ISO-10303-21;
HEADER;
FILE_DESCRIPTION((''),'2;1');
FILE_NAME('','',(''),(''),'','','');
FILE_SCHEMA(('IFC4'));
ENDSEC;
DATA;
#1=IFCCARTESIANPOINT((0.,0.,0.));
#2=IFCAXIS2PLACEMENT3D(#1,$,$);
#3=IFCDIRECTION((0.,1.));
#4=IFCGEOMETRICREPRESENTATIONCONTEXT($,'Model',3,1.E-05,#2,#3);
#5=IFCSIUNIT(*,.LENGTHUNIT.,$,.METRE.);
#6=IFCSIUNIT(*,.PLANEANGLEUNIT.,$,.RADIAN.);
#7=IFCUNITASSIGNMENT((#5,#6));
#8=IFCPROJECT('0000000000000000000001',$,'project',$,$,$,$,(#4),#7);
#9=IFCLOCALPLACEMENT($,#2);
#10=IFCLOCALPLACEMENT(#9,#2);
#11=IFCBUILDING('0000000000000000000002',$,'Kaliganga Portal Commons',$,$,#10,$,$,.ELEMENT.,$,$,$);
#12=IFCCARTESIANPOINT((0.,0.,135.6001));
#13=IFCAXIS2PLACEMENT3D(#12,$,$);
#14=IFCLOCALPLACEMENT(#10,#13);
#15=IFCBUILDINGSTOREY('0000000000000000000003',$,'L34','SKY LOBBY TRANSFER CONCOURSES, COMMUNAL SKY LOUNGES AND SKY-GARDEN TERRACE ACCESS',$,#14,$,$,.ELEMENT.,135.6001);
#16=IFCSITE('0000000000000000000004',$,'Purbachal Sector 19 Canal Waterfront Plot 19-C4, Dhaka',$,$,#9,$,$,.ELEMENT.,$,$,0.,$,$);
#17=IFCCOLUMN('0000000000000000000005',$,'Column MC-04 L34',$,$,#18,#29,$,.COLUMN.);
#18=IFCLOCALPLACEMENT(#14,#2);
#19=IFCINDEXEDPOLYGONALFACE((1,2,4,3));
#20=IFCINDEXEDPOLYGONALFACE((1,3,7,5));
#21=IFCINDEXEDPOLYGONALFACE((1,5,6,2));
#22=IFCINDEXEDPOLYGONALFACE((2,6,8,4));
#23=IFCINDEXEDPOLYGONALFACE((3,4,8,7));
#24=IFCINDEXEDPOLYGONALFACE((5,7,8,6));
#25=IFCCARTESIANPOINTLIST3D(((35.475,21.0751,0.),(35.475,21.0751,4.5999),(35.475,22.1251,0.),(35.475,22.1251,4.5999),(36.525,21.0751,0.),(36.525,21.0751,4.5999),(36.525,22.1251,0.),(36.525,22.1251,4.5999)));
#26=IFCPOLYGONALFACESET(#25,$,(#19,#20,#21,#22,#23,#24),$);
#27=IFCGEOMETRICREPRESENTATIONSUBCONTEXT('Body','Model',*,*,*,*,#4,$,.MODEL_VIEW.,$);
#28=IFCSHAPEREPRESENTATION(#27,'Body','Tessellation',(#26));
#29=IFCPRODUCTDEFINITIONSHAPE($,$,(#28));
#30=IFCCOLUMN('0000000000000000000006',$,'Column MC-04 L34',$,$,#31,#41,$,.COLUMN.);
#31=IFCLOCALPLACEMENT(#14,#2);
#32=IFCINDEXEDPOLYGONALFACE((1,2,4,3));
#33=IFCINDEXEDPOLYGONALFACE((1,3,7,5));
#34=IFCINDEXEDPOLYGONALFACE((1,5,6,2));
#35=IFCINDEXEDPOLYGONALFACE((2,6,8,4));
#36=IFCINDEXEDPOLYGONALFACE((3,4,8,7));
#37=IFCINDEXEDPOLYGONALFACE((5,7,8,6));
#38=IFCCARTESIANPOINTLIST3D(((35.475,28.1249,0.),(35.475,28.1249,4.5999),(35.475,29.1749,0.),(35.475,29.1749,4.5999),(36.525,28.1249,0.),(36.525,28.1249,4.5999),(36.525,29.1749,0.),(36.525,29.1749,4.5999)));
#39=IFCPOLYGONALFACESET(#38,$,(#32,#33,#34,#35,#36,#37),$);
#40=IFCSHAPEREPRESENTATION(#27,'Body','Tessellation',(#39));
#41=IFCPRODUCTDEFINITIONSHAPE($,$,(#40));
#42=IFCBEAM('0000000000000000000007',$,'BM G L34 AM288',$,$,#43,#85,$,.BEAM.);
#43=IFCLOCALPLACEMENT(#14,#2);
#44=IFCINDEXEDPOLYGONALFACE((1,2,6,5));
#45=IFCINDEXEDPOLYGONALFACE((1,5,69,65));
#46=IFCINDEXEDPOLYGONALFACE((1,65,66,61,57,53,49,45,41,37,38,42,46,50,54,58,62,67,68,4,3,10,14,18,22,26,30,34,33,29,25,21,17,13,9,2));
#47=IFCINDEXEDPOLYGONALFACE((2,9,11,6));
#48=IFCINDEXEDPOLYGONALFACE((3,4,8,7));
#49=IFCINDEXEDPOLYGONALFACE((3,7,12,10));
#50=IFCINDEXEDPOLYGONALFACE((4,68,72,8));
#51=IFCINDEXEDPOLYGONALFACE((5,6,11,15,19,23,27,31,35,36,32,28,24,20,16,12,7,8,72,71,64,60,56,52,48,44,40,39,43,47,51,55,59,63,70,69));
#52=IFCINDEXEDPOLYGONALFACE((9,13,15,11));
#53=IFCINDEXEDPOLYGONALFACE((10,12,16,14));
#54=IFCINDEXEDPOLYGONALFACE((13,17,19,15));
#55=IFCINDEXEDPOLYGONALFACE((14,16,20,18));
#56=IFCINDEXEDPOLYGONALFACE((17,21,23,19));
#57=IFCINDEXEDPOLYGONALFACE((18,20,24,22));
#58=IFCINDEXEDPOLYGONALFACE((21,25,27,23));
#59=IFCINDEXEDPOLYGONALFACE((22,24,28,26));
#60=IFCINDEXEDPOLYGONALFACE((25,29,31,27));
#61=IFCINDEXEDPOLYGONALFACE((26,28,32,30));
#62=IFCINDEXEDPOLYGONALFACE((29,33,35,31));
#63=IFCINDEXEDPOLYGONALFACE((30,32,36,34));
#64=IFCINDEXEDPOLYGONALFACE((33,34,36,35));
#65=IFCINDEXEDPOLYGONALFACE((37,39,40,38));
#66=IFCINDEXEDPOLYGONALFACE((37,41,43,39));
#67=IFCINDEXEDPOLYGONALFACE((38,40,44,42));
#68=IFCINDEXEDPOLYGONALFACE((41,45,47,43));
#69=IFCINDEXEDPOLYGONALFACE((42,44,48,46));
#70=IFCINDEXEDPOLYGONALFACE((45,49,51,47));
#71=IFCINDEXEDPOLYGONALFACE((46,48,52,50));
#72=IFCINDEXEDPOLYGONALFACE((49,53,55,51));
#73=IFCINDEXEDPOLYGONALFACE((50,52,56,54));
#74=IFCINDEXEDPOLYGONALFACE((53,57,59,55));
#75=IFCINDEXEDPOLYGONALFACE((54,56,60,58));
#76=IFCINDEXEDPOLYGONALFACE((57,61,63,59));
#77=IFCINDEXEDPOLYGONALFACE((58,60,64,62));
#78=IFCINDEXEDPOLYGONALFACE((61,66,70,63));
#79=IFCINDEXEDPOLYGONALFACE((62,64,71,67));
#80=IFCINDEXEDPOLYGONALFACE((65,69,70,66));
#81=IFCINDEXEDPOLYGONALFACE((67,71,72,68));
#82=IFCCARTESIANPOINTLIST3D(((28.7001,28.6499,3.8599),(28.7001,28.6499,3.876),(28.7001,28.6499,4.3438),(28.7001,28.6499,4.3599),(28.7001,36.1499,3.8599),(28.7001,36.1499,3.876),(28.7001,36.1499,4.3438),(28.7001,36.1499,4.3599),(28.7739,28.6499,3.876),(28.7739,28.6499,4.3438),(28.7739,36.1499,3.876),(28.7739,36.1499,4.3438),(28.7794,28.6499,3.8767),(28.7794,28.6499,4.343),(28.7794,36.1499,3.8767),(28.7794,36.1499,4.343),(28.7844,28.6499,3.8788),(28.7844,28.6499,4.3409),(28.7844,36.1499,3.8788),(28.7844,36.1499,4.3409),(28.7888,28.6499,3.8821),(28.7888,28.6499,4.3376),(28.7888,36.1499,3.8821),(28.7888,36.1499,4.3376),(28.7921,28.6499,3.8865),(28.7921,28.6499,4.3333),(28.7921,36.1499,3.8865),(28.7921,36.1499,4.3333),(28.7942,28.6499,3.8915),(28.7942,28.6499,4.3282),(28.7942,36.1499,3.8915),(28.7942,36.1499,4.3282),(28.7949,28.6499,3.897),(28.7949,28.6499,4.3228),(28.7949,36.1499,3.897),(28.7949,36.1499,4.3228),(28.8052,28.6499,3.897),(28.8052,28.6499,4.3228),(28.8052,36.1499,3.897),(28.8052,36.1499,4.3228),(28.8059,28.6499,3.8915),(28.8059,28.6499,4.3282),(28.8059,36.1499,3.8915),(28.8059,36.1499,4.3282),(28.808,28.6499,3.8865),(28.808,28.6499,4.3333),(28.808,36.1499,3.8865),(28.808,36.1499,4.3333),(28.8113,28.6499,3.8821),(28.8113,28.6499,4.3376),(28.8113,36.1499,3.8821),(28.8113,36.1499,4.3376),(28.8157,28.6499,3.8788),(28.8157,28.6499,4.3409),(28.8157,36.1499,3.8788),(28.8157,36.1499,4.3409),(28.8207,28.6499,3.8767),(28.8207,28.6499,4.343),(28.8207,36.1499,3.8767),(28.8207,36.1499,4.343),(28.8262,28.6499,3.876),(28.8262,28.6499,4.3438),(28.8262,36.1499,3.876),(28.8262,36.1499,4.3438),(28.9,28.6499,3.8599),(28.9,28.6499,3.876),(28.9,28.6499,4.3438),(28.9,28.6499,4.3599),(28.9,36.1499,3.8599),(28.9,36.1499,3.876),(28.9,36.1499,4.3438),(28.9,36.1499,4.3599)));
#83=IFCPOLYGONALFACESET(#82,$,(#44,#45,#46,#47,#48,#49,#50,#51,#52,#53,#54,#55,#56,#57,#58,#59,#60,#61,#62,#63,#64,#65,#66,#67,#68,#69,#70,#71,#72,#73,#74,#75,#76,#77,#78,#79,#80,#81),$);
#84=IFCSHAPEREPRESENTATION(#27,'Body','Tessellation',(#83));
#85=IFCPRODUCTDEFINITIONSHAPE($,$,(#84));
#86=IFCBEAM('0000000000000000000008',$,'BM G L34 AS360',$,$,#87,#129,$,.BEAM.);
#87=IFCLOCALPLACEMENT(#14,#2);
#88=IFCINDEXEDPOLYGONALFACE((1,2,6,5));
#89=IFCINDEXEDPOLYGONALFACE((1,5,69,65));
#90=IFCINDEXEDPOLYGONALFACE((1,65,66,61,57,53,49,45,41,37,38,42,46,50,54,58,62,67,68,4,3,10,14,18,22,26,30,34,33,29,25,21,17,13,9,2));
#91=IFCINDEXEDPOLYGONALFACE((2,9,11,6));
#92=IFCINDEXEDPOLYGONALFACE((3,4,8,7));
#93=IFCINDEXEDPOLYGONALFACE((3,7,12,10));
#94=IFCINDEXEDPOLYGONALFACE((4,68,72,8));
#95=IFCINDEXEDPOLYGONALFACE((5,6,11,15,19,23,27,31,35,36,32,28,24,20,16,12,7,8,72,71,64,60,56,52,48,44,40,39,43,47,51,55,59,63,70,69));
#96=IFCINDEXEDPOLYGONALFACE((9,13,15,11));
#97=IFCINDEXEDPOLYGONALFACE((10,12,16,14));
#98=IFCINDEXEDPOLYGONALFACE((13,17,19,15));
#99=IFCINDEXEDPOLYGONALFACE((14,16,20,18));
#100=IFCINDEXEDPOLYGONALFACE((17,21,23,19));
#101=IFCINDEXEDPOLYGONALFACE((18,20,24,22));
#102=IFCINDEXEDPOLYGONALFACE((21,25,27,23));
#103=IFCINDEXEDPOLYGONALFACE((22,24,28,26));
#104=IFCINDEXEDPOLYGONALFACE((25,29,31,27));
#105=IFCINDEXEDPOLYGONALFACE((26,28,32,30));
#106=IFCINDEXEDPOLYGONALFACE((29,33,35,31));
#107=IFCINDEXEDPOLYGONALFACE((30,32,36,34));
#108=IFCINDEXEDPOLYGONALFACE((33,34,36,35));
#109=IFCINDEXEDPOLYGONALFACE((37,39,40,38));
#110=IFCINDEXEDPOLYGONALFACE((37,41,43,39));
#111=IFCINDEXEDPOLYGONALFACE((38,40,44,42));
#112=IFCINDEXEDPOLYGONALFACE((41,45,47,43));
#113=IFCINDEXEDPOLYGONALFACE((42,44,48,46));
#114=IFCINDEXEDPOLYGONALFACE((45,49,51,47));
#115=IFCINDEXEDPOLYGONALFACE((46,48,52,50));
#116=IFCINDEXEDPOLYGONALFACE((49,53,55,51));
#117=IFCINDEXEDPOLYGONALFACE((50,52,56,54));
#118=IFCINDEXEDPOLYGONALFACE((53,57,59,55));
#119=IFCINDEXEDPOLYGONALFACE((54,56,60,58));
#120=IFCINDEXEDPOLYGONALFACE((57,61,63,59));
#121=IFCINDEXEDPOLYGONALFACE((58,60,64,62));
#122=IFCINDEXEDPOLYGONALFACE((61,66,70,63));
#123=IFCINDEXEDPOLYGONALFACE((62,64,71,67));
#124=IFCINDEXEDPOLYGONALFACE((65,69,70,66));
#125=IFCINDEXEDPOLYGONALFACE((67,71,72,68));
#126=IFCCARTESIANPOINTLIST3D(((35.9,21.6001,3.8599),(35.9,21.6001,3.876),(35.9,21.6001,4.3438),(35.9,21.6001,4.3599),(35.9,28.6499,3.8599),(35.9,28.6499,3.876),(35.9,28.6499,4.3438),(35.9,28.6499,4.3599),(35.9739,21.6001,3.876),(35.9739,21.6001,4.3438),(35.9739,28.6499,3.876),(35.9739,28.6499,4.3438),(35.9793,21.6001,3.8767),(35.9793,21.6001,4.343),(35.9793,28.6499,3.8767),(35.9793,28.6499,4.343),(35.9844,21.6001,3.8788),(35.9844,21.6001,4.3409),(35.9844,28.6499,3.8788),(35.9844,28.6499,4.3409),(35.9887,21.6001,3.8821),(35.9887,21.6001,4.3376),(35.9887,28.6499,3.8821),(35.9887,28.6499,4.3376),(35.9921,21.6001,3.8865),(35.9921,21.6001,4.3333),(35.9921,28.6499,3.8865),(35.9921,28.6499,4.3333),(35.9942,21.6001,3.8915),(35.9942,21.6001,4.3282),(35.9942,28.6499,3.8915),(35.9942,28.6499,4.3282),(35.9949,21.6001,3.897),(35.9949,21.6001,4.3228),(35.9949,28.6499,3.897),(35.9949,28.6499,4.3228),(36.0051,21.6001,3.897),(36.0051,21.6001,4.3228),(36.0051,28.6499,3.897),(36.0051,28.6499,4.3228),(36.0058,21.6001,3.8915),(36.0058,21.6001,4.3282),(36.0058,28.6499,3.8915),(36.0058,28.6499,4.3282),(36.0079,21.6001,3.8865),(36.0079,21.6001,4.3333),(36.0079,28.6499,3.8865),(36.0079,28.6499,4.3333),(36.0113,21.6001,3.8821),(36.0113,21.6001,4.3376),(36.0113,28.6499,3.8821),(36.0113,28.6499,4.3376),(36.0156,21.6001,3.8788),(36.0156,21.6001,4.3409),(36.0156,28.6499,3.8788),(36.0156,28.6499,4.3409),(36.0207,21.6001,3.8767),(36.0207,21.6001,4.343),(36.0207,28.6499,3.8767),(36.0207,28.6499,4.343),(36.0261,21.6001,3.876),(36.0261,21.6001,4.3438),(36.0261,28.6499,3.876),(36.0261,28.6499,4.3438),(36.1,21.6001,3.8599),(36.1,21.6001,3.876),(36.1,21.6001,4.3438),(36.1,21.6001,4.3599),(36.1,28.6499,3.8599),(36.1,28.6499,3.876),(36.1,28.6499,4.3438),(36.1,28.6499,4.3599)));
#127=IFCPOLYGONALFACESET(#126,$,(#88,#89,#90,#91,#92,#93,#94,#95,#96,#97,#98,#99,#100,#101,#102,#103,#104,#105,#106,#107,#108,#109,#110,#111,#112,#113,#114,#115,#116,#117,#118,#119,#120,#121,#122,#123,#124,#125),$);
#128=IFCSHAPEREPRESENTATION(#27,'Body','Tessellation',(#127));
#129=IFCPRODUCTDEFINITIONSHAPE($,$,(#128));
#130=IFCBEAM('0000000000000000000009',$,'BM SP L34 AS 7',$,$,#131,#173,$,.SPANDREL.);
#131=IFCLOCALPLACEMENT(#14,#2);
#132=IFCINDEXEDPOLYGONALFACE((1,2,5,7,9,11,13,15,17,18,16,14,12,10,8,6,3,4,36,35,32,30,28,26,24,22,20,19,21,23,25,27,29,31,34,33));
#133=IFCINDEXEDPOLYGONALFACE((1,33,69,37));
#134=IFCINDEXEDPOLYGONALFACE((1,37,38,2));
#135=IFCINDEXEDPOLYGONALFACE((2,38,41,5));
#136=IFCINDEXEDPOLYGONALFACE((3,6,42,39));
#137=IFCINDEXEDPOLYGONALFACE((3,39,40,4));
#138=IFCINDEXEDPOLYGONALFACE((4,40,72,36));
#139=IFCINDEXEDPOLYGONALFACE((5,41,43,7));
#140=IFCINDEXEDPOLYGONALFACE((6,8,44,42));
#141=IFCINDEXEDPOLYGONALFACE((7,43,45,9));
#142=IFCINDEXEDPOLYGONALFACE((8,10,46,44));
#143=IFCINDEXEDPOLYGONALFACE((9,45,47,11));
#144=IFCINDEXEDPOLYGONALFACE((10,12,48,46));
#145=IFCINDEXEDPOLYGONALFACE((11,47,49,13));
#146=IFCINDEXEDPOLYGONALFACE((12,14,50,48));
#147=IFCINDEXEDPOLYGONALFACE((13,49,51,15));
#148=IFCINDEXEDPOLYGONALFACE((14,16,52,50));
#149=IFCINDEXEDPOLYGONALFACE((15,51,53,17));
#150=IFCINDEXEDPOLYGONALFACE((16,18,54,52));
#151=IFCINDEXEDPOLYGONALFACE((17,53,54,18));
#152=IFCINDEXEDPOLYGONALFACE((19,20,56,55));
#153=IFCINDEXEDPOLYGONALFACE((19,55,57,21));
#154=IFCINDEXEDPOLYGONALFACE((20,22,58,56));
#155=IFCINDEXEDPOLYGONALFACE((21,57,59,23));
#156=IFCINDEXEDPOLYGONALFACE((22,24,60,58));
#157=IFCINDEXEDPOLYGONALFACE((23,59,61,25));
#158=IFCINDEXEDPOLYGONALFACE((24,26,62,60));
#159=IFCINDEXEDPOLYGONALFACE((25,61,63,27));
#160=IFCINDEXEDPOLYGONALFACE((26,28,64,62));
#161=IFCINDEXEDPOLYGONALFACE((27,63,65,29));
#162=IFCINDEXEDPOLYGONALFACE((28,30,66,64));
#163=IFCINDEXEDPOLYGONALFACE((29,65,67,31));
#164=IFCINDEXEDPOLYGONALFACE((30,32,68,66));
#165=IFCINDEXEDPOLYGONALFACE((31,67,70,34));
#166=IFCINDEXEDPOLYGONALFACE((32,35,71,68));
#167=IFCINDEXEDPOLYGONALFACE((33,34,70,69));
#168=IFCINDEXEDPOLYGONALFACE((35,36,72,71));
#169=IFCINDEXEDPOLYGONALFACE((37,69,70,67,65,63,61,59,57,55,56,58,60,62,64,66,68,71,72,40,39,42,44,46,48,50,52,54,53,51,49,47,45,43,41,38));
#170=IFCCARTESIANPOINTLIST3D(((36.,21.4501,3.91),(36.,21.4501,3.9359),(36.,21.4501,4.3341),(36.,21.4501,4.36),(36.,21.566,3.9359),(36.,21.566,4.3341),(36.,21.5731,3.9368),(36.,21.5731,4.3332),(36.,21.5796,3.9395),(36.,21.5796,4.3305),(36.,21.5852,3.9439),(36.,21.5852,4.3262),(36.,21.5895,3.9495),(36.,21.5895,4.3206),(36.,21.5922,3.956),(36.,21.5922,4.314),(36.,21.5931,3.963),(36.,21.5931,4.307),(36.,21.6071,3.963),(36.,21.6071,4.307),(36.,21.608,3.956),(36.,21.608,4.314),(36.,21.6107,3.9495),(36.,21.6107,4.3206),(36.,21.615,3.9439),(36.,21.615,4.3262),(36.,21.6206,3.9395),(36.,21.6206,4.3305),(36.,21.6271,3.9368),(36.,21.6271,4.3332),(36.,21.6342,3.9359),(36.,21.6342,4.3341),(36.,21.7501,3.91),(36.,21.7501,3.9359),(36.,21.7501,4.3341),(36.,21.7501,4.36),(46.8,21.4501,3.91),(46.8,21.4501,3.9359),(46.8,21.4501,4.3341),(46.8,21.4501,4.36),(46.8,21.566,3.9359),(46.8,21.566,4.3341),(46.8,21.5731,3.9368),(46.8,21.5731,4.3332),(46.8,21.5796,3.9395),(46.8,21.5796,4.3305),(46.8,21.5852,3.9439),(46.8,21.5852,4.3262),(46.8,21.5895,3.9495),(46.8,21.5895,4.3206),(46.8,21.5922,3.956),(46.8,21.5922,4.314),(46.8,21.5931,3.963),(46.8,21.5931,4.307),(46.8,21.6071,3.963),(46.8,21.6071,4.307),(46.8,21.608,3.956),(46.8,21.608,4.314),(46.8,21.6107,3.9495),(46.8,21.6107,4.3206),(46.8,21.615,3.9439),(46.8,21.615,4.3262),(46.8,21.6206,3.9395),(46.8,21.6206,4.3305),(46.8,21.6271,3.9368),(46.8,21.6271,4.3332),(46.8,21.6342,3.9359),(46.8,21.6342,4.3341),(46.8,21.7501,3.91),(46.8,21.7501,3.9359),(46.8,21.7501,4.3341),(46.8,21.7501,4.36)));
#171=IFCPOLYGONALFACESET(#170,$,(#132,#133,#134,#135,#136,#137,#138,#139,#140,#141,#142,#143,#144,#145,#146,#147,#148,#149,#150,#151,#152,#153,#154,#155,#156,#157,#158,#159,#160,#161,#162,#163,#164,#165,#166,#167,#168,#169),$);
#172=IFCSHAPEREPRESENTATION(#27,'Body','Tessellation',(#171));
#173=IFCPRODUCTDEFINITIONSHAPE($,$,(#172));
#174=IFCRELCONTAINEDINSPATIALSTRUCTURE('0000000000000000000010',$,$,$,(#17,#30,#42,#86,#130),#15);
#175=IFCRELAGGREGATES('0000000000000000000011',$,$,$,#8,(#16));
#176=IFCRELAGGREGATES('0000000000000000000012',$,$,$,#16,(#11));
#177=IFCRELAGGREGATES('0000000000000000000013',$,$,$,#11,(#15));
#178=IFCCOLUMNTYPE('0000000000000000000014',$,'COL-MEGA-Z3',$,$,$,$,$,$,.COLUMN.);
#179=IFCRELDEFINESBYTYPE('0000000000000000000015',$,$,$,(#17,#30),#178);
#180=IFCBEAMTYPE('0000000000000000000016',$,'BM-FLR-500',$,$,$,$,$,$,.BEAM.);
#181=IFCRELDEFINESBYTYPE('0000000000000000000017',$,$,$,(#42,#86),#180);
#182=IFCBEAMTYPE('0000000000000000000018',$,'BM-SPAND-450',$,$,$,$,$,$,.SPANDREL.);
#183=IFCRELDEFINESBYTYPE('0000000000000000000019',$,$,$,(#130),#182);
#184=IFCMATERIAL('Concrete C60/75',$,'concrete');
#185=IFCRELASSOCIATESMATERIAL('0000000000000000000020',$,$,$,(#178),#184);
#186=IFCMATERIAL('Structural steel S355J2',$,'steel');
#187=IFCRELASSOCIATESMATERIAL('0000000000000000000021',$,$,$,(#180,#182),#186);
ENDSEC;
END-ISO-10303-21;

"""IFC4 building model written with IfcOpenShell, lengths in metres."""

from ifc_helpers import new_model, si_unit, direction, frame, origin, origin_2d, place, context, subcontext, project, spatial, rectangle, i_section, extrude, source, transform, mapped, material, material_profile, profile_set, type_object, element, save


model = new_model("IFC4")

# Units and contexts
model_context = context("Model", 3, precision=1e-05, world=origin(), true_north=direction((0.0, 1.0)))
body_context = subcontext(model_context, "Body", "Model", "MODEL_VIEW")
ifc_project = project(units=[si_unit("LENGTHUNIT", "METRE"), si_unit("PLANEANGLEUNIT", "RADIAN")], contexts=[model_context])

# Site, building, storey
site_placement = place(None, origin())
site = spatial("IfcSite", under=ifc_project, at=site_placement, Name="Purbachal Sector 19 Canal Waterfront Plot 19-C4, Dhaka", CompositionType="ELEMENT", RefElevation=0.0)
building_placement = place(site_placement, origin())
building = spatial("IfcBuilding", under=site, at=building_placement, Name="Kaliganga Portal Commons", CompositionType="ELEMENT")
storey_placement = place(building_placement, frame((0.0, 0.0, 135.6001)))
storey = spatial("IfcBuildingStorey", under=building, at=storey_placement, Name="L34", Description="SKY LOBBY TRANSFER CONCOURSES, COMMUNAL SKY LOUNGES AND SKY-GARDEN TERRACE ACCESS", CompositionType="ELEMENT", Elevation=135.6001)

# Columns
ifc_material_1 = material(Name="Concrete C60/75", Category="concrete")
ifc_material_profile_1 = material_profile(ifc_material_1, rectangle(XDim=1.05, YDim=1.05, at=origin_2d()), Name="RC 1050x1050")
ifc_profile_set_1 = profile_set([ifc_material_profile_1], Name="Concrete C60/75")
column_type = type_object("IfcColumnType", Name="COL-MEGA-Z3", PredefinedType="COLUMN", material=ifc_profile_set_1)
shared_shape_1 = source(origin(), body_context, "Body", "SweptSolid", [
    extrude(rectangle(XDim=1.05, YDim=1.05, at=origin_2d()), origin(), (0.0, 0.0, 1.0), 4.5999),
])
for number, where, z_axis, x_axis, name in (
    (1, (36.0, 21.6001, 0.0), (0.0, 0.0, 1.0), (1.0, 0.0, 0.0), "Column MC-04 L34"),
    (2, (36.0, 28.6499, 0.0), (0.0, 0.0, 1.0), (1.0, 0.0, 0.0), "Column MC-04 L34"),
):
    element("IfcColumn", number, at=place(storey_placement, frame(where, z_axis=z_axis, x_axis=x_axis)), inside=storey, type_object=column_type, Name=name, PredefinedType="COLUMN", context=body_context, shape_type="MappedRepresentation", body=[
        mapped(shared_shape_1, transform((0.0, 0.0, 0.0), x_axis=(1.0, 0.0, 0.0), y_axis=(0.0, 1.0, 0.0), z_axis=(0.0, 0.0, 1.0), scale=1.0)),
    ])

# Beams
ifc_material_2 = material(Name="Structural steel S355J2", Category="steel")
ifc_material_profile_2 = material_profile(ifc_material_2, i_section(OverallWidth=0.2, OverallDepth=0.5, WebThickness=0.0103, FlangeThickness=0.0161, FilletRadius=0.021, at=origin_2d()), Name="IPE 500")
ifc_profile_set_2 = profile_set([ifc_material_profile_2], Name="Structural steel S355J2 wide-flange")
beam_type_1 = type_object("IfcBeamType", Name="BM-FLR-500", PredefinedType="BEAM", material=ifc_profile_set_2)
shared_shape_2 = source(origin(), body_context, "Body", "SweptSolid", [
    extrude(i_section(OverallWidth=0.2, OverallDepth=0.5, WebThickness=0.0103, FlangeThickness=0.0161, FilletRadius=0.021, at=origin_2d()), origin(), (0.0, 0.0, 1.0), 7.5),
])
beam_1_placement = place(storey_placement, frame((28.8, 28.6499, 4.1099), z_axis=(0.0, 1.0, 0.0), x_axis=(-1.0, 0.0, 0.0)))
element("IfcBeam", 3, at=beam_1_placement, inside=storey, type_object=beam_type_1, Name="BM G L34 AM288", PredefinedType="BEAM", context=body_context, shape_type="MappedRepresentation", body=[
    mapped(shared_shape_2, transform((0.0, 0.0, 0.0), x_axis=(1.0, 0.0, 0.0), y_axis=(0.0, 1.0, 0.0), z_axis=(0.0, 0.0, 1.0), scale=1.0)),
])
shared_shape_3 = source(origin(), body_context, "Body", "SweptSolid", [
    extrude(i_section(OverallWidth=0.2, OverallDepth=0.5, WebThickness=0.0103, FlangeThickness=0.0161, FilletRadius=0.021, at=origin_2d()), origin(), (0.0, 0.0, 1.0), 7.0498),
])
beam_2_placement = place(storey_placement, frame((36.0, 21.6001, 4.1099), z_axis=(0.0, 1.0, 0.0), x_axis=(-1.0, 0.0, 0.0)))
element("IfcBeam", 4, at=beam_2_placement, inside=storey, type_object=beam_type_1, Name="BM G L34 AS360", PredefinedType="BEAM", context=body_context, shape_type="MappedRepresentation", body=[
    mapped(shared_shape_3, transform((0.0, 0.0, 0.0), x_axis=(1.0, 0.0, 0.0), y_axis=(0.0, 1.0, 0.0), z_axis=(0.0, 0.0, 1.0), scale=1.0)),
])
ifc_material_profile_3 = material_profile(ifc_material_2, i_section(OverallWidth=0.3, OverallDepth=0.45, WebThickness=0.0139, FlangeThickness=0.0259, FilletRadius=0.0271, at=origin_2d()), Name="HE 450 B")
ifc_profile_set_3 = profile_set([ifc_material_profile_3], Name="Structural steel S355J2 wide-flange")
beam_type_2 = type_object("IfcBeamType", Name="BM-SPAND-450", PredefinedType="SPANDREL", material=ifc_profile_set_3)
shared_shape_4 = source(origin(), body_context, "Body", "SweptSolid", [
    extrude(i_section(OverallWidth=0.3, OverallDepth=0.45, WebThickness=0.0139, FlangeThickness=0.0259, FilletRadius=0.0271, at=origin_2d()), origin(), (0.0, 0.0, 1.0), 10.8),
])
beam_3_placement = place(storey_placement, frame((36.0, 21.6001, 4.135), z_axis=(1.0, 0.0, 0.0), x_axis=(0.0, 1.0, 0.0)))
element("IfcBeam", 5, at=beam_3_placement, inside=storey, type_object=beam_type_2, Name="BM SP L34 AS 7", PredefinedType="SPANDREL", context=body_context, shape_type="MappedRepresentation", body=[
    mapped(shared_shape_4, transform((0.0, 0.0, 0.0), x_axis=(1.0, 0.0, 0.0), y_axis=(0.0, 1.0, 0.0), z_axis=(0.0, 0.0, 1.0), scale=1.0)),
])

save(model, "model.ifc")
